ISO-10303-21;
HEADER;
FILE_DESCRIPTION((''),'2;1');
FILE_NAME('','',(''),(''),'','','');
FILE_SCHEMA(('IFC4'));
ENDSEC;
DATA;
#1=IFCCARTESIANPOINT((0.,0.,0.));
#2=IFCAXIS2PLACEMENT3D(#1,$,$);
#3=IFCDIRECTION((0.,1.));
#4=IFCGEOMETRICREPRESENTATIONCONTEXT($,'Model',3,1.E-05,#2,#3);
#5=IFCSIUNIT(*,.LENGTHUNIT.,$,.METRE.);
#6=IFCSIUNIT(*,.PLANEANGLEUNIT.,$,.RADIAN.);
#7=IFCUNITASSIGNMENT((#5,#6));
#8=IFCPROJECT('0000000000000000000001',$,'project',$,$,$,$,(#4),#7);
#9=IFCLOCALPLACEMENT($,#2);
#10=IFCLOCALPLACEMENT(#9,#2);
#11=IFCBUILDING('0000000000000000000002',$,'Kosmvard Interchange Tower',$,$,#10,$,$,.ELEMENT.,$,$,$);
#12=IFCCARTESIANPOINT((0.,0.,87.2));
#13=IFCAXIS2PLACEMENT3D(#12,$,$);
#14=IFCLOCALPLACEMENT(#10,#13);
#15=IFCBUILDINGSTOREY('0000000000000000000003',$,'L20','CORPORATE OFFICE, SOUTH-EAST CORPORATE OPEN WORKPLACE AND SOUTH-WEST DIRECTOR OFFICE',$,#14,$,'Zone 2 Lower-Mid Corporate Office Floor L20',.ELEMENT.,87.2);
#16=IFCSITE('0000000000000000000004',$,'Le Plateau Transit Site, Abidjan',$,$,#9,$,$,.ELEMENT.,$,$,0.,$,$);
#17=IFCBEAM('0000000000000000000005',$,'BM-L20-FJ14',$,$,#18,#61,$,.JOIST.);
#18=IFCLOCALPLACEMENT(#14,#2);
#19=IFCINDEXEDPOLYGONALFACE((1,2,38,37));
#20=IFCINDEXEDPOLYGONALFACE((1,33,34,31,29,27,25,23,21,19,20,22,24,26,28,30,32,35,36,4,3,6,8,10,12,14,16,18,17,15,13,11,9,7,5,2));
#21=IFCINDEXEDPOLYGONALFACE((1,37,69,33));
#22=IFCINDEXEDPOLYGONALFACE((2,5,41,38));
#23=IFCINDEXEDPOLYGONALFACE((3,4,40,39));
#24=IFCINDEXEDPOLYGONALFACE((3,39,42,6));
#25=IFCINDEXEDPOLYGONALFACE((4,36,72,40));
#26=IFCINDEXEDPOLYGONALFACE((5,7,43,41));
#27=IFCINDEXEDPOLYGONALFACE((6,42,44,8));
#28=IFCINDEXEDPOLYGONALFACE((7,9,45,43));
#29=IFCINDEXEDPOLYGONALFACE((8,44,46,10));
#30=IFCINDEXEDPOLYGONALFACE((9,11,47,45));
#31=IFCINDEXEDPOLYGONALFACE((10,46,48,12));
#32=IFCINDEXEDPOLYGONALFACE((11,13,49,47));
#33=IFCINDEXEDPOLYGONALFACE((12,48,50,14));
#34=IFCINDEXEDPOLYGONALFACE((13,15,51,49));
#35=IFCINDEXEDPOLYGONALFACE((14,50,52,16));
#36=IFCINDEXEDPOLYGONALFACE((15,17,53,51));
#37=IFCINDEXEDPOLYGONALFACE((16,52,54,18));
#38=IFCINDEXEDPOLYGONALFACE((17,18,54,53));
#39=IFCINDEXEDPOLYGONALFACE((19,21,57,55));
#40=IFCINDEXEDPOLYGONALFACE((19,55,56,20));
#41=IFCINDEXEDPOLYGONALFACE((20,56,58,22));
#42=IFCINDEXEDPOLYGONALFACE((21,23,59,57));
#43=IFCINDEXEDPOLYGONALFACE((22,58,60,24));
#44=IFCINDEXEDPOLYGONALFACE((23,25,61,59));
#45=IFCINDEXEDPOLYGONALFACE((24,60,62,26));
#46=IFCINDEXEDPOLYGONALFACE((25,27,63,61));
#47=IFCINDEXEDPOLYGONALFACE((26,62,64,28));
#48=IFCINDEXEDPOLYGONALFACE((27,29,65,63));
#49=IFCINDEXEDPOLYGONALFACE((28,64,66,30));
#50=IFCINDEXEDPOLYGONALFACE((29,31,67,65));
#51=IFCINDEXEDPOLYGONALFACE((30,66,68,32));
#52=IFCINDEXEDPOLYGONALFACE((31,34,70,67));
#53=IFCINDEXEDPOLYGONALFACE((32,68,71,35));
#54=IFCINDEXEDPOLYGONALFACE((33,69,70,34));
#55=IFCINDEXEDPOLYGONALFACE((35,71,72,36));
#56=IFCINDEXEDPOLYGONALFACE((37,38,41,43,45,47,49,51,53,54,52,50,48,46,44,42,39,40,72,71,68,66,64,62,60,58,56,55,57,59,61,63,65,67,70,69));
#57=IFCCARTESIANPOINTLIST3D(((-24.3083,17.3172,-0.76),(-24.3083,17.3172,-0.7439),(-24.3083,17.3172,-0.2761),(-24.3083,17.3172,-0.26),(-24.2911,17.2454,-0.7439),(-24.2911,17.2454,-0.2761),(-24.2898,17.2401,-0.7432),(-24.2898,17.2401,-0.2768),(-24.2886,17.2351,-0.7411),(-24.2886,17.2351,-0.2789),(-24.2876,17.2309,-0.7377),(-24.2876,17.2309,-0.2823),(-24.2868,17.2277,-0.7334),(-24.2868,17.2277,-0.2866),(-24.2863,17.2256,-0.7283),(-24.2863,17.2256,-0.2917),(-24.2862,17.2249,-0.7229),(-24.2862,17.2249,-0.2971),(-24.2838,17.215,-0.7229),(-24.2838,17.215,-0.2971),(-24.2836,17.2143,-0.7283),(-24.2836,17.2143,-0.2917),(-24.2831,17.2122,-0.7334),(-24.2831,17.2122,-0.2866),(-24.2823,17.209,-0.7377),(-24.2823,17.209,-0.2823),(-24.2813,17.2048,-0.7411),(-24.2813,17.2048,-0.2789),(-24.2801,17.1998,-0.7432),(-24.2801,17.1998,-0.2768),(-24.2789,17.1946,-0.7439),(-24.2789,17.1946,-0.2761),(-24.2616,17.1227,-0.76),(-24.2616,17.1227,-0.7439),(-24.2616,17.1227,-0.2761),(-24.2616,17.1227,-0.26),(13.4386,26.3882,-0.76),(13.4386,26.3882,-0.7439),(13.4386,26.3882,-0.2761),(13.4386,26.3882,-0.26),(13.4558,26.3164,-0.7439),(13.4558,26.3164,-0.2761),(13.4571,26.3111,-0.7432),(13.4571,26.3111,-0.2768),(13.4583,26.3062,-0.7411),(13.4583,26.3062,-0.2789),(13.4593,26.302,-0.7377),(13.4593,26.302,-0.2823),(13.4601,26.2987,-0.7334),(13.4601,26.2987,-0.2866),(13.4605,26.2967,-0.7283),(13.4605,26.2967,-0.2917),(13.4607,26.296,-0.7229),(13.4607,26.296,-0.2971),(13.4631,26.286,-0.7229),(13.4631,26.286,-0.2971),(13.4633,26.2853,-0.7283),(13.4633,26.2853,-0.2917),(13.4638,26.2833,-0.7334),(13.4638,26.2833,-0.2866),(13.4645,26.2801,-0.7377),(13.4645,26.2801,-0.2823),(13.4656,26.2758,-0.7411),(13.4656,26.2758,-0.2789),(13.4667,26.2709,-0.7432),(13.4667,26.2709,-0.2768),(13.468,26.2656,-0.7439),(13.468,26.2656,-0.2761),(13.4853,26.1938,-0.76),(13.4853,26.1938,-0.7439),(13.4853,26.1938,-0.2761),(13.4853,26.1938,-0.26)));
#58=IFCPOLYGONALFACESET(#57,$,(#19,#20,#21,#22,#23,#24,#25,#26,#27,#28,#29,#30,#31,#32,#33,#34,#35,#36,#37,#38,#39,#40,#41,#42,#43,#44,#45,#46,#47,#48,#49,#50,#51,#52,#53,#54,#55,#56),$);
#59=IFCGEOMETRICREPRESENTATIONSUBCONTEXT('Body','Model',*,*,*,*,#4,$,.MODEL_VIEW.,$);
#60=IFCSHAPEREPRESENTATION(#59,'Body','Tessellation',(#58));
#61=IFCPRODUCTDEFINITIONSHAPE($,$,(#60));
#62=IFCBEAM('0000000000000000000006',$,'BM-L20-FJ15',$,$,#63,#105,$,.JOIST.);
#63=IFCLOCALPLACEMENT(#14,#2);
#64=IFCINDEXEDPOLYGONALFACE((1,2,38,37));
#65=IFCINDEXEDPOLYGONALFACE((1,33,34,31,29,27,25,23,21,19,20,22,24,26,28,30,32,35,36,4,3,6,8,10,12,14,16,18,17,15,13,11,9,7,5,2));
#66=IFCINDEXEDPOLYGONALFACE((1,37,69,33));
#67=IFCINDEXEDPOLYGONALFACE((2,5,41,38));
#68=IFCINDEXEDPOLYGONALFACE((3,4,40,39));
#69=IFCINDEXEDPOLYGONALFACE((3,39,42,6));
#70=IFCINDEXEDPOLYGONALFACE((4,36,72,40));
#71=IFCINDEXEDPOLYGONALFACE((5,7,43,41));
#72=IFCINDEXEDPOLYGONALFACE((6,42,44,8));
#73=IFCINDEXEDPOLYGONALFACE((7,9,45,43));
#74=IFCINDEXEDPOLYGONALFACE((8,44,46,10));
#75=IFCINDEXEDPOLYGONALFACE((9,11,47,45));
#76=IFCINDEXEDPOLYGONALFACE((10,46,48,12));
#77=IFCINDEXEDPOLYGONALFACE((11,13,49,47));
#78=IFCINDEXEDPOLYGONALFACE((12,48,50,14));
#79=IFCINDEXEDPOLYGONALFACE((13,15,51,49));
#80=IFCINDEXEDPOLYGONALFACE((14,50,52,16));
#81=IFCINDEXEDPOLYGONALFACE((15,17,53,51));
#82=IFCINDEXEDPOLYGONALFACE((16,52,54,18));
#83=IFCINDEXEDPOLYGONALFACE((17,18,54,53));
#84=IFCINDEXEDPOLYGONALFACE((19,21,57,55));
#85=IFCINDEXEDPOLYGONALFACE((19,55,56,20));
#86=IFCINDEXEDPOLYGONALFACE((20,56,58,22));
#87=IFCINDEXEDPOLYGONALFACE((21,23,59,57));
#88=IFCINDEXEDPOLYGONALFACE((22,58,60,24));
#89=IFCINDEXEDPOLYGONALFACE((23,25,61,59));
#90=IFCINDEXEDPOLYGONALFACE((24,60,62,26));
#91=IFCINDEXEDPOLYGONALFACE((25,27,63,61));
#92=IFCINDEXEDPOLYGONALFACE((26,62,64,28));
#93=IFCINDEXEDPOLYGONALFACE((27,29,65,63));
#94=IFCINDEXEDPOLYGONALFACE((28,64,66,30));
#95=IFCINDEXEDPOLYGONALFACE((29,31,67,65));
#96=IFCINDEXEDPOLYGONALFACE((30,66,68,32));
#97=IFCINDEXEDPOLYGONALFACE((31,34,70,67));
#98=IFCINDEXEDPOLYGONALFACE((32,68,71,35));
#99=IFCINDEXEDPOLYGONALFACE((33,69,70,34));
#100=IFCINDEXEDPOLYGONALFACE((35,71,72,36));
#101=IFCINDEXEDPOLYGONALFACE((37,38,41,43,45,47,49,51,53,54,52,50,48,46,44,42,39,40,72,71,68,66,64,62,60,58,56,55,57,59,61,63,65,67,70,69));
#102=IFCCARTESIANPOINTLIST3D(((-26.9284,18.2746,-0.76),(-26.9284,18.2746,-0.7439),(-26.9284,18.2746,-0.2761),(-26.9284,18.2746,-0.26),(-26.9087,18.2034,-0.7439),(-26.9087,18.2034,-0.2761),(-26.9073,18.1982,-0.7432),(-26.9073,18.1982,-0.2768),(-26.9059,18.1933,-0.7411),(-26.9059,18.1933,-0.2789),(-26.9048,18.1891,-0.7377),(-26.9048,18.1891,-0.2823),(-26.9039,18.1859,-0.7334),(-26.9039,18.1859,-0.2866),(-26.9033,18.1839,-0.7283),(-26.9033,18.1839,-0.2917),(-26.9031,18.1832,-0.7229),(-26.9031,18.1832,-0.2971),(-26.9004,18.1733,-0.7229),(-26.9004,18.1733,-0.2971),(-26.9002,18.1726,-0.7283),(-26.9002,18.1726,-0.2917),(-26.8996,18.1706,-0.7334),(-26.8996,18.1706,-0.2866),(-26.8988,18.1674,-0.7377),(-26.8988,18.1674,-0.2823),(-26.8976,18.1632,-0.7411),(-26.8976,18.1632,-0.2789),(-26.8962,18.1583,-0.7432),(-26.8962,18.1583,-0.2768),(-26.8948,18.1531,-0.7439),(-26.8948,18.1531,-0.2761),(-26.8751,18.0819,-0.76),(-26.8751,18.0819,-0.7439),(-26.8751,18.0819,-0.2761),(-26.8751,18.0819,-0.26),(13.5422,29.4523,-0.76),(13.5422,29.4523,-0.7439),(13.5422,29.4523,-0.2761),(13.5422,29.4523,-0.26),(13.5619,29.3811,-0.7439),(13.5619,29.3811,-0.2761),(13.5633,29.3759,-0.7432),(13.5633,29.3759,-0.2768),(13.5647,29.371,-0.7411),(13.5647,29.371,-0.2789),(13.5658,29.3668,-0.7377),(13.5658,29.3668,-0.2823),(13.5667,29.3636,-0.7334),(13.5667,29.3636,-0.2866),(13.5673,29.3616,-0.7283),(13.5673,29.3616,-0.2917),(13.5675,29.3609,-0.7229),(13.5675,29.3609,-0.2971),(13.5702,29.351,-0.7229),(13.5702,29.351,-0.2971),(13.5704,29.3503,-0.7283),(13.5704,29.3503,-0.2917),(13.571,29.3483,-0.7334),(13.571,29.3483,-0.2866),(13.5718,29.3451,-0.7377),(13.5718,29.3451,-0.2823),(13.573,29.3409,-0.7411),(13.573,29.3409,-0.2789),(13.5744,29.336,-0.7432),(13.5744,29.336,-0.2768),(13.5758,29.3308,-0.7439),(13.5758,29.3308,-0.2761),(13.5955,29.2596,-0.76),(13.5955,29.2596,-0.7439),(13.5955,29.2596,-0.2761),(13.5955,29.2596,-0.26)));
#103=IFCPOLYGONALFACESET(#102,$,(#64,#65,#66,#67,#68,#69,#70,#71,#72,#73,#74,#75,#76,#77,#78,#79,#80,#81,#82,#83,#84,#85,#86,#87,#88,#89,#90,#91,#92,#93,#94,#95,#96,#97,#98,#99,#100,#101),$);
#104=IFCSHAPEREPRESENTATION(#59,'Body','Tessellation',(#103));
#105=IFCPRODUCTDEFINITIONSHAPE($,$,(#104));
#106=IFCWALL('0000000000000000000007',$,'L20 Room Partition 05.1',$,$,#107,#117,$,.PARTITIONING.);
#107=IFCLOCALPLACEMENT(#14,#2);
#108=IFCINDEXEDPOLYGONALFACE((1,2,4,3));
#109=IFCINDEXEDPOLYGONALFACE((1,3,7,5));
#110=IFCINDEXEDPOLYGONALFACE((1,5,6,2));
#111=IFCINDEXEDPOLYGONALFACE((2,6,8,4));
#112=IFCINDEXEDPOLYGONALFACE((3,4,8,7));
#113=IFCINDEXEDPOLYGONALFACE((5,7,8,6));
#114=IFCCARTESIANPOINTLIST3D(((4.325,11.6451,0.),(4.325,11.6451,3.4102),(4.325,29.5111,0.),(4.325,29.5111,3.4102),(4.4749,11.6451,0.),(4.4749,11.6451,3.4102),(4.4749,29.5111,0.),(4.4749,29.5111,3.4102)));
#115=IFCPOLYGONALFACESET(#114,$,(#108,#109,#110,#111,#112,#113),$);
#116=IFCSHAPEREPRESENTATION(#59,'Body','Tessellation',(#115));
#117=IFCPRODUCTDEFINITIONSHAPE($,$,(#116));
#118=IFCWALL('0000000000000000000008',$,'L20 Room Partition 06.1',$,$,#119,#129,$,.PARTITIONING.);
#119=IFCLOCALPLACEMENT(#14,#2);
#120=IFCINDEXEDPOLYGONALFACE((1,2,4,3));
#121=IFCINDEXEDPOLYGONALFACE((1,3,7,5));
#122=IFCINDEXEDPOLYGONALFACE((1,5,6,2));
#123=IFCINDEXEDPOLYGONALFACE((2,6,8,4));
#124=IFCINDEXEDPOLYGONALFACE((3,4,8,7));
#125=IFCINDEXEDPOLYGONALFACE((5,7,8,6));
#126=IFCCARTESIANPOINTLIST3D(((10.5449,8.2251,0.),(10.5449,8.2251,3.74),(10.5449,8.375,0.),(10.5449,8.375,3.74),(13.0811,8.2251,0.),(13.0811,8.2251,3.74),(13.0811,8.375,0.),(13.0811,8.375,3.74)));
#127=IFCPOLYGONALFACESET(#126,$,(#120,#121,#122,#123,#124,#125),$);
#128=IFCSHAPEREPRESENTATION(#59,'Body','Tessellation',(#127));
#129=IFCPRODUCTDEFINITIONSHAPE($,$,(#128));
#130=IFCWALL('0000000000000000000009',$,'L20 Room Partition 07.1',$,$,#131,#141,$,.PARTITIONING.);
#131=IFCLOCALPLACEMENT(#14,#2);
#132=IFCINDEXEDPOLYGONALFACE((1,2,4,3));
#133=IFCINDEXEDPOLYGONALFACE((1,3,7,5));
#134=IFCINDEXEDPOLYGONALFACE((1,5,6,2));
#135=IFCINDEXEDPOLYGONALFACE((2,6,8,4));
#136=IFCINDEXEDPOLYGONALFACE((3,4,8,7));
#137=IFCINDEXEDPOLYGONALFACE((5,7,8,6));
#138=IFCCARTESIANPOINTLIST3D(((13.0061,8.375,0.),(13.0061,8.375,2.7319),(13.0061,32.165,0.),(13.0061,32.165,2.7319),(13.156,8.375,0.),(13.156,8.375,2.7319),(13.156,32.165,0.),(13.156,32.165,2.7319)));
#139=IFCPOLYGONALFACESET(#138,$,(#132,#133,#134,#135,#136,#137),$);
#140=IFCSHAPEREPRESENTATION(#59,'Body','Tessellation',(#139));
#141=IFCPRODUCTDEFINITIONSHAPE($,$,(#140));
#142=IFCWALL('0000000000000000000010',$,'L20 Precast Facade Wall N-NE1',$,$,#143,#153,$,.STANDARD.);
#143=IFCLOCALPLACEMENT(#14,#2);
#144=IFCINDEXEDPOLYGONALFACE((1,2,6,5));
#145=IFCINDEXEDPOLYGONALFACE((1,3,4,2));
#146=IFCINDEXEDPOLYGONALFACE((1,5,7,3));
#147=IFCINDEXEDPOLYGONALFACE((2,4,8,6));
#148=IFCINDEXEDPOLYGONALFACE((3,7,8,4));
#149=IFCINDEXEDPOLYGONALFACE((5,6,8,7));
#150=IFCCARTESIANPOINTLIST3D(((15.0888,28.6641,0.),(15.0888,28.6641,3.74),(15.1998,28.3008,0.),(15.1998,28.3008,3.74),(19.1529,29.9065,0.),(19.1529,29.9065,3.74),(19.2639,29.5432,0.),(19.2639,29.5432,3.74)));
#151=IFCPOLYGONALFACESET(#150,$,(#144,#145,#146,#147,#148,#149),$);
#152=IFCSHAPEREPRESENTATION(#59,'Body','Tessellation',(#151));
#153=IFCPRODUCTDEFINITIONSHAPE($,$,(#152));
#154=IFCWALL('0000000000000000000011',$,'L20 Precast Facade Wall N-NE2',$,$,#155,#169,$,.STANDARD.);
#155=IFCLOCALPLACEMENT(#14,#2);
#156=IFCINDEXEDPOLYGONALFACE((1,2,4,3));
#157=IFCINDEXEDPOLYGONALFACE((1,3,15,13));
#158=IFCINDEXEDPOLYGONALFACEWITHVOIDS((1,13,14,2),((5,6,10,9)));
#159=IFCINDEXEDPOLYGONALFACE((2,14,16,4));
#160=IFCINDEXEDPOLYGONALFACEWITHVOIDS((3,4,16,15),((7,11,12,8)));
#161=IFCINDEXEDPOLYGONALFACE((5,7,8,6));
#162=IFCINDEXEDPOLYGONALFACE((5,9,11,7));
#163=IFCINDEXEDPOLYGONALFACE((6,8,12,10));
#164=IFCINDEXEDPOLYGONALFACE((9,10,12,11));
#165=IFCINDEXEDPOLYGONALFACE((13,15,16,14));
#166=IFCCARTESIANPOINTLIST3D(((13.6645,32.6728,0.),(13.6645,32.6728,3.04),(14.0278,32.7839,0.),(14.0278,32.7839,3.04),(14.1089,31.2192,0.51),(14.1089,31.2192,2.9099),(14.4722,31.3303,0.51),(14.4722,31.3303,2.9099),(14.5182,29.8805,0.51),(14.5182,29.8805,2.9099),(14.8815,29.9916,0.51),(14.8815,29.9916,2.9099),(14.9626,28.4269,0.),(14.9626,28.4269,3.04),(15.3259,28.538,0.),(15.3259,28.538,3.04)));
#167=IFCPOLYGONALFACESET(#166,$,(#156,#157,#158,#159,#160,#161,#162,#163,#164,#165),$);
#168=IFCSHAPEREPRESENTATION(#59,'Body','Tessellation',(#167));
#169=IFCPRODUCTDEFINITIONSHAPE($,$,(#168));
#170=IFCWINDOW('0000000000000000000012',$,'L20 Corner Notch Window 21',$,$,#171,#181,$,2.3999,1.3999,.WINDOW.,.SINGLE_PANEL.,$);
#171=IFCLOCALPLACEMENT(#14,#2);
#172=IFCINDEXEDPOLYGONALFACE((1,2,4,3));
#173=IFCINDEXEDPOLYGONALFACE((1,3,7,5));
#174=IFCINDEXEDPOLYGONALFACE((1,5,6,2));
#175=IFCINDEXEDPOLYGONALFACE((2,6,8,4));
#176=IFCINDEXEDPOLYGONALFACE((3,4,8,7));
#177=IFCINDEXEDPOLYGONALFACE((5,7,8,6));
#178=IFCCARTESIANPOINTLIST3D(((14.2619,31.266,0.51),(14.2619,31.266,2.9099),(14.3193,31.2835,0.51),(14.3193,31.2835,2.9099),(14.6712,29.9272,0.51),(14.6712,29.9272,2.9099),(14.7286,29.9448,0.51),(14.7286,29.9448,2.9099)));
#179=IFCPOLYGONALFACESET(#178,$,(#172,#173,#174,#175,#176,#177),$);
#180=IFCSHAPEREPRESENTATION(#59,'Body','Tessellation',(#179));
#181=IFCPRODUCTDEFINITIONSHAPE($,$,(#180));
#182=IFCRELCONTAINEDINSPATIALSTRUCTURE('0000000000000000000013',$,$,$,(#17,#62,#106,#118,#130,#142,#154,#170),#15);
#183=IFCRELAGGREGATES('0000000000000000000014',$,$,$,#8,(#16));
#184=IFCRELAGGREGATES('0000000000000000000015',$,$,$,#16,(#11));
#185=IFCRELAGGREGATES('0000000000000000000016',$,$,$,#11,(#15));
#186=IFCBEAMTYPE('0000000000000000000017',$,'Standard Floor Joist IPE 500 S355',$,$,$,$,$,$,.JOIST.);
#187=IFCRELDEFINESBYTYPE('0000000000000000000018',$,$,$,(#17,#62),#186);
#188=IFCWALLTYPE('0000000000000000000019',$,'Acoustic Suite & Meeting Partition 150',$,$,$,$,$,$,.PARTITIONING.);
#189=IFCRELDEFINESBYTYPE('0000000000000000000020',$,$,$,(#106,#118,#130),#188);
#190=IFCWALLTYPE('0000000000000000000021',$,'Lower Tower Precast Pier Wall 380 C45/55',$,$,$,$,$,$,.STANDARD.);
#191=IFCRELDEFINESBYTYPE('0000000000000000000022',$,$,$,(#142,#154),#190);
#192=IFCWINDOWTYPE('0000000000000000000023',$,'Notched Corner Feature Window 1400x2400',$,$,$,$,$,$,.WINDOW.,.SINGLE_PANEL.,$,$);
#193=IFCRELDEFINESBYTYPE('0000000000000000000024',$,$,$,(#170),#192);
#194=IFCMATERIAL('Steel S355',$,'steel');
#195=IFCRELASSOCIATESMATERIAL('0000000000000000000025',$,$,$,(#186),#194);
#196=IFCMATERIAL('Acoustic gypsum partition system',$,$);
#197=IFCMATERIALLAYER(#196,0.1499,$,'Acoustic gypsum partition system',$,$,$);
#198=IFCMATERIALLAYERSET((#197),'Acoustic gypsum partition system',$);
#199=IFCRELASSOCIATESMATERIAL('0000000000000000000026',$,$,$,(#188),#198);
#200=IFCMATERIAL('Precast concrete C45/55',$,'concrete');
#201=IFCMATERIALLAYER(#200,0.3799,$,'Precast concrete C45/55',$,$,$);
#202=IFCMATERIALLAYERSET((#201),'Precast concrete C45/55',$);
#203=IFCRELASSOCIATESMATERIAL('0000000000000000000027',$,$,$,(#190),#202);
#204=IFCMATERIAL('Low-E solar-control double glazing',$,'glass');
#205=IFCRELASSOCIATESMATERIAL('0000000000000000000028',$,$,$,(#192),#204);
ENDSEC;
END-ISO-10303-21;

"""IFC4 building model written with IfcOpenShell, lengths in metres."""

from ifc_helpers import new_model, si_unit, direction, frame, frame_2d, origin, origin_2d, place, context, subcontext, project, spatial, rectangle, i_section, extrude, source, transform, mapped, material, layer, layer_set, material_profile, profile_set, type_object, element, fill, save


model = new_model("IFC4")

# Units and contexts
model_context = context("Model", 3, precision=1e-05, world=origin(), true_north=direction((0.0, 1.0)))
body_context = subcontext(model_context, "Body", "Model", "MODEL_VIEW")
ifc_project = project(units=[si_unit("LENGTHUNIT", "METRE"), si_unit("PLANEANGLEUNIT", "RADIAN")], contexts=[model_context])

# Site, building, storey
site_placement = place(None, origin())
site = spatial("IfcSite", under=ifc_project, at=site_placement, Name="Le Plateau Transit Site, Abidjan", CompositionType="ELEMENT", RefElevation=0.0)
building_placement = place(site_placement, origin())
building = spatial("IfcBuilding", under=site, at=building_placement, Name="Kosmvard Interchange Tower", CompositionType="ELEMENT")
storey_placement = place(building_placement, frame((0.0, 0.0, 87.2)))
storey = spatial("IfcBuildingStorey", under=building, at=storey_placement, Name="L20", Description="CORPORATE OFFICE, SOUTH-EAST CORPORATE OPEN WORKPLACE AND SOUTH-WEST DIRECTOR OFFICE", LongName="Zone 2 Lower-Mid Corporate Office Floor L20", CompositionType="ELEMENT", Elevation=87.2)

# Beams
ifc_material_1 = material(Name="Steel S355", Category="steel")
ifc_material_2 = material(Name="Precast concrete C45/55", Category="concrete")
ifc_material_profile_1 = material_profile(ifc_material_1, i_section(OverallWidth=0.2, OverallDepth=0.5, WebThickness=0.0103, FlangeThickness=0.0161, FilletRadius=0.021, at=origin_2d()), Name="IPE 500")
ifc_profile_set_1 = profile_set([ifc_material_profile_1], Name="Steel S355")
beam_type_1 = type_object("IfcBeamType", Name="Standard Floor Joist IPE 500 S355", PredefinedType="JOIST", material=ifc_profile_set_1)
shared_shape_1 = source(origin(), body_context, "Body", "SweptSolid", [
    extrude(i_section(OverallWidth=0.2, OverallDepth=0.5, WebThickness=0.0103, FlangeThickness=0.0161, FilletRadius=0.021, at=origin_2d()), origin(), (0.0, 0.0, 1.0), 38.8215),
])
beam_1_placement = place(storey_placement, frame((13.4619, 26.291, -0.51), z_axis=(-0.972318, -0.233661, 0.0), x_axis=(0.233661, -0.972318, 0.0)))
element("IfcBeam", 1, at=beam_1_placement, inside=storey, type_object=beam_type_1, Name="BM-L20-FJ14", PredefinedType="JOIST", context=body_context, shape_type="MappedRepresentation", body=[
    mapped(shared_shape_1, transform((0.0, 0.0, 0.0), scale=1.0)),
])
shared_shape_2 = source(origin(), body_context, "Body", "SweptSolid", [
    extrude(i_section(OverallWidth=0.2, OverallDepth=0.5, WebThickness=0.0103, FlangeThickness=0.0161, FilletRadius=0.021, at=origin_2d()), origin(), (0.0, 0.0, 1.0), 41.9858),
])
beam_2_placement = place(storey_placement, frame((13.5688, 29.356, -0.51), z_axis=(-0.963911, -0.266226, 0.0), x_axis=(0.266226, -0.963911, 0.0)))
element("IfcBeam", 2, at=beam_2_placement, inside=storey, type_object=beam_type_1, Name="BM-L20-FJ15", PredefinedType="JOIST", context=body_context, shape_type="MappedRepresentation", body=[
    mapped(shared_shape_2, transform((0.0, 0.0, 0.0), scale=1.0)),
])

# Walls
ifc_material_3 = material(Name="Acoustic gypsum partition system")
ifc_layer_1 = layer(ifc_material_3, 0.1499, Name="Acoustic gypsum partition system")
ifc_layer_set_1 = layer_set([ifc_layer_1], Name="Acoustic gypsum partition system")
wall_type_1 = type_object("IfcWallType", Name="Acoustic Suite & Meeting Partition 150", PredefinedType="PARTITIONING", material=ifc_layer_set_1)
wall_1_placement = place(storey_placement, frame((4.3999, 11.645, 0.0), z_axis=(0.0, 0.0, 1.0), x_axis=(0.0, 1.0, 0.0)))
element("IfcWall", 3, at=wall_1_placement, inside=storey, type_object=wall_type_1, Name="L20 Room Partition 05.1", PredefinedType="PARTITIONING", context=body_context, shape_type="SweptSolid", body=[
    extrude(rectangle(XDim=17.866, YDim=0.1499, at=frame_2d((8.9331, 0.0))), origin(), (0.0, 0.0, 1.0), 3.4102),
])
wall_2_placement = place(storey_placement, frame((10.5449, 8.3, 0.0), z_axis=(0.0, 0.0, 1.0), x_axis=(1.0, 0.0, 0.0)))
element("IfcWall", 4, at=wall_2_placement, inside=storey, type_object=wall_type_1, Name="L20 Room Partition 06.1", PredefinedType="PARTITIONING", context=body_context, shape_type="SweptSolid", body=[
    extrude(rectangle(XDim=2.5361, YDim=0.1499, at=frame_2d((1.2681, 0.0))), origin(), (0.0, 0.0, 1.0), 3.74),
])
wall_3_placement = place(storey_placement, frame((13.0811, 8.375, 0.0), z_axis=(0.0, 0.0, 1.0), x_axis=(0.0, 1.0, 0.0)))
element("IfcWall", 5, at=wall_3_placement, inside=storey, type_object=wall_type_1, Name="L20 Room Partition 07.1", PredefinedType="PARTITIONING", context=body_context, shape_type="SweptSolid", body=[
    extrude(rectangle(XDim=23.79, YDim=0.1499, at=frame_2d((11.895, 0.0))), origin(), (0.0, 0.0, 1.0), 2.7319),
])
ifc_layer_2 = layer(ifc_material_2, 0.3799, Name="Precast concrete C45/55")
ifc_layer_set_2 = layer_set([ifc_layer_2], Name="Precast concrete C45/55")
wall_type_2 = type_object("IfcWallType", Name="Lower Tower Precast Pier Wall 380 C45/55", PredefinedType="STANDARD", material=ifc_layer_set_2)
wall_4_placement = place(storey_placement, frame((19.2085, 29.7249, 0.0), z_axis=(0.0, 0.0, 1.0), x_axis=(-0.956313, -0.292346, 0.0)))
element("IfcWall", 6, at=wall_4_placement, inside=storey, type_object=wall_type_2, Name="L20 Precast Facade Wall N-NE1", PredefinedType="STANDARD", context=body_context, shape_type="SweptSolid", body=[
    extrude(rectangle(XDim=4.2498, YDim=0.3799, at=frame_2d((2.125, 0.0))), origin(), (0.0, 0.0, 1.0), 3.74),
])

# Wall, opening, window
wall_5_placement = place(storey_placement, frame((15.1443, 28.4824, 0.0), z_axis=(0.0, 0.0, 1.0), x_axis=(-0.292374, 0.956304, 0.0)))
wall_5 = element("IfcWall", 7, at=wall_5_placement, inside=storey, type_object=wall_type_2, Name="L20 Precast Facade Wall N-NE2", PredefinedType="STANDARD", context=body_context, shape_type="SweptSolid", body=[
    extrude(rectangle(XDim=4.4399, YDim=0.3799, at=frame_2d((2.22, 0.0))), origin(), (0.0, 0.0, 1.0), 3.04),
])
opening_1_placement = place(wall_5_placement, frame((1.52, 0.0, 0.51)))
opening_1 = element("IfcOpeningElement", 8, at=opening_1_placement, cuts=wall_5, PredefinedType="OPENING", context=body_context, shape_type="SweptSolid", body=[
    extrude(rectangle(XDim=1.3999, YDim=2.3999, at=frame_2d((0.7, 1.2))), frame((0.0, 0.2, 0.0), z_axis=(0.0, -1.0, 0.0), x_axis=(1.0, 0.0, 0.0)), (0.0, 0.0, 1.0), 0.3999),
])
ifc_material_4 = material(Name="Low-E solar-control double glazing", Category="glass")
window_type_1 = type_object("IfcWindowType", Name="Notched Corner Feature Window 1400x2400", PartitioningType="SINGLE_PANEL", PredefinedType="WINDOW", material=ifc_material_4)
shared_shape_3 = source(origin(), body_context, "Body", "SweptSolid", [
    extrude(rectangle(XDim=1.3999, YDim=2.3999, at=frame_2d((0.7, 1.2))), frame((0.0, 0.03, 0.0), z_axis=(0.0, -1.0, 0.0), x_axis=(1.0, 0.0, 0.0)), (0.0, 0.0, 1.0), 0.0601),
])
window_1_placement = place(opening_1_placement, origin())
window_1 = element("IfcWindow", 9, at=window_1_placement, inside=storey, type_object=window_type_1, Name="L20 Corner Notch Window 21", OverallHeight=2.3999, OverallWidth=1.3999, PartitioningType="SINGLE_PANEL", PredefinedType="WINDOW", context=body_context, shape_type="MappedRepresentation", body=[
    mapped(shared_shape_3, transform((0.0, 0.0, 0.0), scale=1.0)),
])
fill(opening_1, window_1)

save(model, "model.ifc")
